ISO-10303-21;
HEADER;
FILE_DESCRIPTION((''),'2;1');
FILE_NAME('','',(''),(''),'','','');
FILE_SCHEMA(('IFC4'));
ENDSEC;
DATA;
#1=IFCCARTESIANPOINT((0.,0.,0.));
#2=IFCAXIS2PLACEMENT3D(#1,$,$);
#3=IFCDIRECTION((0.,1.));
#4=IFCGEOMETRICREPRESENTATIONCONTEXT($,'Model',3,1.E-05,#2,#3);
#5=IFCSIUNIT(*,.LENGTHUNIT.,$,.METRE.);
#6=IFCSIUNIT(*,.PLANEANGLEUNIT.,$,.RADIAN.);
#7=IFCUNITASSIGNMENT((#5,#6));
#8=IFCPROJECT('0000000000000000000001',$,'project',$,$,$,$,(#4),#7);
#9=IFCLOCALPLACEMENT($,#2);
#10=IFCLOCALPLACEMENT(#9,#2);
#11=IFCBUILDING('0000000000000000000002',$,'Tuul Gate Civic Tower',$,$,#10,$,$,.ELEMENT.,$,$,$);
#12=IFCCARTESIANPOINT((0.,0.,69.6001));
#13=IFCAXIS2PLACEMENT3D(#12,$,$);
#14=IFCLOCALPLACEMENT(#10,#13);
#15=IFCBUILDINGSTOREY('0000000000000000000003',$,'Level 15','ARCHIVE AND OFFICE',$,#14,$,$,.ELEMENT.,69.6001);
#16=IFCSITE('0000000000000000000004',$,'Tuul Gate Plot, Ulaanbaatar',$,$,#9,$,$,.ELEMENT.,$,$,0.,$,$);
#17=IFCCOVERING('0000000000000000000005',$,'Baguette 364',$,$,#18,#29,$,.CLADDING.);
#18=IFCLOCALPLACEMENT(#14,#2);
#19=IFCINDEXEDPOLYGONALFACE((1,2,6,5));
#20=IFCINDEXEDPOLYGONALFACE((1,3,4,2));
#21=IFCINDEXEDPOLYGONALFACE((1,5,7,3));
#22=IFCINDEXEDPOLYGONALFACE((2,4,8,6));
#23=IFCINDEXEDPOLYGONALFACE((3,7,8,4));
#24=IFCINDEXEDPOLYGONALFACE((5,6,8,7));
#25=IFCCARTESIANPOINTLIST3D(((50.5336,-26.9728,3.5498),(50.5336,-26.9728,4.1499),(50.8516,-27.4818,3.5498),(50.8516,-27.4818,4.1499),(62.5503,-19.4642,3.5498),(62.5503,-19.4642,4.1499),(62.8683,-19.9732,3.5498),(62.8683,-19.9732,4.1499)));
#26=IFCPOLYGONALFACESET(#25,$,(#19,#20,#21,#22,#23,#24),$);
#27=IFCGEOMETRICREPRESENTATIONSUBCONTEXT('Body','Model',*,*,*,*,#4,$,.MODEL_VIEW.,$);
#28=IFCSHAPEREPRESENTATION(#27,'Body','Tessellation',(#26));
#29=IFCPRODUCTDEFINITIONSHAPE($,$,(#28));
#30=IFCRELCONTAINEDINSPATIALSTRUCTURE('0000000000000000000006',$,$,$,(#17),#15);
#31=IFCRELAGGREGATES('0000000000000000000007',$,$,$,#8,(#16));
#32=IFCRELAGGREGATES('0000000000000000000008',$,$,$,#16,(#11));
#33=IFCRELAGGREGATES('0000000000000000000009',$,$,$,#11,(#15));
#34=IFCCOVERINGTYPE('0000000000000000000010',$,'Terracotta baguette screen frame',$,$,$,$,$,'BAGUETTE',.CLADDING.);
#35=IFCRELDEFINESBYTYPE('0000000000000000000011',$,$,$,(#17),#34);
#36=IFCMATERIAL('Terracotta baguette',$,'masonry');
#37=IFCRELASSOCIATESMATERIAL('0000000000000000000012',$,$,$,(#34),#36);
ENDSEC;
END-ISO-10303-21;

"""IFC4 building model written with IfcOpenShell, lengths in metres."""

from ifc_helpers import new_model, si_unit, direction, frame, origin, origin_2d, place, context, subcontext, project, spatial, rectangle, extrude, material, material_profile, profile_set, type_object, element, save


model = new_model("IFC4")

# Units and contexts
model_context = context("Model", 3, precision=1e-05, world=origin(), true_north=direction((0.0, 1.0)))
body_context = subcontext(model_context, "Body", "Model", "MODEL_VIEW")
ifc_project = project(units=[si_unit("LENGTHUNIT", "METRE"), si_unit("PLANEANGLEUNIT", "RADIAN")], contexts=[model_context])

# Site, building, storey
site_placement = place(None, origin())
site = spatial("IfcSite", under=ifc_project, at=site_placement, Name="Tuul Gate Plot, Ulaanbaatar", CompositionType="ELEMENT", RefElevation=0.0)
building_placement = place(site_placement, origin())
building = spatial("IfcBuilding", under=site, at=building_placement, Name="Tuul Gate Civic Tower", CompositionType="ELEMENT")
storey_placement = place(building_placement, frame((0.0, 0.0, 69.6001)))
storey = spatial("IfcBuildingStorey", under=building, at=storey_placement, Name="Level 15", Description="ARCHIVE AND OFFICE", CompositionType="ELEMENT", Elevation=69.6001)

# Covering
ifc_material_1 = material(Name="Terracotta baguette", Category="masonry")
ifc_material_profile_1 = material_profile(ifc_material_1, rectangle(XDim=0.6001, YDim=0.6001, at=origin_2d()), Name="Terracotta baguette screen frame")
ifc_profile_set_1 = profile_set([ifc_material_profile_1], Name="Terracotta baguette")
covering_type = type_object("IfcCoveringType", Name="Terracotta baguette screen frame", ElementType="BAGUETTE", PredefinedType="CLADDING", material=ifc_profile_set_1)
covering_1_placement = place(storey_placement, frame((50.6926, -27.2273, 3.8499), z_axis=(0.848056, 0.529906, 0.0), x_axis=(-0.529906, 0.848056, 0.0)))
element("IfcCovering", 1, at=covering_1_placement, inside=storey, type_object=covering_type, Name="Baguette 364", PredefinedType="CLADDING", context=body_context, shape_type="SweptSolid", body=[
    extrude(rectangle(XDim=0.6001, YDim=0.6001, at=origin_2d()), origin(), (0.0, 0.0, 1.0), 14.1697),
])

save(model, "model.ifc")
